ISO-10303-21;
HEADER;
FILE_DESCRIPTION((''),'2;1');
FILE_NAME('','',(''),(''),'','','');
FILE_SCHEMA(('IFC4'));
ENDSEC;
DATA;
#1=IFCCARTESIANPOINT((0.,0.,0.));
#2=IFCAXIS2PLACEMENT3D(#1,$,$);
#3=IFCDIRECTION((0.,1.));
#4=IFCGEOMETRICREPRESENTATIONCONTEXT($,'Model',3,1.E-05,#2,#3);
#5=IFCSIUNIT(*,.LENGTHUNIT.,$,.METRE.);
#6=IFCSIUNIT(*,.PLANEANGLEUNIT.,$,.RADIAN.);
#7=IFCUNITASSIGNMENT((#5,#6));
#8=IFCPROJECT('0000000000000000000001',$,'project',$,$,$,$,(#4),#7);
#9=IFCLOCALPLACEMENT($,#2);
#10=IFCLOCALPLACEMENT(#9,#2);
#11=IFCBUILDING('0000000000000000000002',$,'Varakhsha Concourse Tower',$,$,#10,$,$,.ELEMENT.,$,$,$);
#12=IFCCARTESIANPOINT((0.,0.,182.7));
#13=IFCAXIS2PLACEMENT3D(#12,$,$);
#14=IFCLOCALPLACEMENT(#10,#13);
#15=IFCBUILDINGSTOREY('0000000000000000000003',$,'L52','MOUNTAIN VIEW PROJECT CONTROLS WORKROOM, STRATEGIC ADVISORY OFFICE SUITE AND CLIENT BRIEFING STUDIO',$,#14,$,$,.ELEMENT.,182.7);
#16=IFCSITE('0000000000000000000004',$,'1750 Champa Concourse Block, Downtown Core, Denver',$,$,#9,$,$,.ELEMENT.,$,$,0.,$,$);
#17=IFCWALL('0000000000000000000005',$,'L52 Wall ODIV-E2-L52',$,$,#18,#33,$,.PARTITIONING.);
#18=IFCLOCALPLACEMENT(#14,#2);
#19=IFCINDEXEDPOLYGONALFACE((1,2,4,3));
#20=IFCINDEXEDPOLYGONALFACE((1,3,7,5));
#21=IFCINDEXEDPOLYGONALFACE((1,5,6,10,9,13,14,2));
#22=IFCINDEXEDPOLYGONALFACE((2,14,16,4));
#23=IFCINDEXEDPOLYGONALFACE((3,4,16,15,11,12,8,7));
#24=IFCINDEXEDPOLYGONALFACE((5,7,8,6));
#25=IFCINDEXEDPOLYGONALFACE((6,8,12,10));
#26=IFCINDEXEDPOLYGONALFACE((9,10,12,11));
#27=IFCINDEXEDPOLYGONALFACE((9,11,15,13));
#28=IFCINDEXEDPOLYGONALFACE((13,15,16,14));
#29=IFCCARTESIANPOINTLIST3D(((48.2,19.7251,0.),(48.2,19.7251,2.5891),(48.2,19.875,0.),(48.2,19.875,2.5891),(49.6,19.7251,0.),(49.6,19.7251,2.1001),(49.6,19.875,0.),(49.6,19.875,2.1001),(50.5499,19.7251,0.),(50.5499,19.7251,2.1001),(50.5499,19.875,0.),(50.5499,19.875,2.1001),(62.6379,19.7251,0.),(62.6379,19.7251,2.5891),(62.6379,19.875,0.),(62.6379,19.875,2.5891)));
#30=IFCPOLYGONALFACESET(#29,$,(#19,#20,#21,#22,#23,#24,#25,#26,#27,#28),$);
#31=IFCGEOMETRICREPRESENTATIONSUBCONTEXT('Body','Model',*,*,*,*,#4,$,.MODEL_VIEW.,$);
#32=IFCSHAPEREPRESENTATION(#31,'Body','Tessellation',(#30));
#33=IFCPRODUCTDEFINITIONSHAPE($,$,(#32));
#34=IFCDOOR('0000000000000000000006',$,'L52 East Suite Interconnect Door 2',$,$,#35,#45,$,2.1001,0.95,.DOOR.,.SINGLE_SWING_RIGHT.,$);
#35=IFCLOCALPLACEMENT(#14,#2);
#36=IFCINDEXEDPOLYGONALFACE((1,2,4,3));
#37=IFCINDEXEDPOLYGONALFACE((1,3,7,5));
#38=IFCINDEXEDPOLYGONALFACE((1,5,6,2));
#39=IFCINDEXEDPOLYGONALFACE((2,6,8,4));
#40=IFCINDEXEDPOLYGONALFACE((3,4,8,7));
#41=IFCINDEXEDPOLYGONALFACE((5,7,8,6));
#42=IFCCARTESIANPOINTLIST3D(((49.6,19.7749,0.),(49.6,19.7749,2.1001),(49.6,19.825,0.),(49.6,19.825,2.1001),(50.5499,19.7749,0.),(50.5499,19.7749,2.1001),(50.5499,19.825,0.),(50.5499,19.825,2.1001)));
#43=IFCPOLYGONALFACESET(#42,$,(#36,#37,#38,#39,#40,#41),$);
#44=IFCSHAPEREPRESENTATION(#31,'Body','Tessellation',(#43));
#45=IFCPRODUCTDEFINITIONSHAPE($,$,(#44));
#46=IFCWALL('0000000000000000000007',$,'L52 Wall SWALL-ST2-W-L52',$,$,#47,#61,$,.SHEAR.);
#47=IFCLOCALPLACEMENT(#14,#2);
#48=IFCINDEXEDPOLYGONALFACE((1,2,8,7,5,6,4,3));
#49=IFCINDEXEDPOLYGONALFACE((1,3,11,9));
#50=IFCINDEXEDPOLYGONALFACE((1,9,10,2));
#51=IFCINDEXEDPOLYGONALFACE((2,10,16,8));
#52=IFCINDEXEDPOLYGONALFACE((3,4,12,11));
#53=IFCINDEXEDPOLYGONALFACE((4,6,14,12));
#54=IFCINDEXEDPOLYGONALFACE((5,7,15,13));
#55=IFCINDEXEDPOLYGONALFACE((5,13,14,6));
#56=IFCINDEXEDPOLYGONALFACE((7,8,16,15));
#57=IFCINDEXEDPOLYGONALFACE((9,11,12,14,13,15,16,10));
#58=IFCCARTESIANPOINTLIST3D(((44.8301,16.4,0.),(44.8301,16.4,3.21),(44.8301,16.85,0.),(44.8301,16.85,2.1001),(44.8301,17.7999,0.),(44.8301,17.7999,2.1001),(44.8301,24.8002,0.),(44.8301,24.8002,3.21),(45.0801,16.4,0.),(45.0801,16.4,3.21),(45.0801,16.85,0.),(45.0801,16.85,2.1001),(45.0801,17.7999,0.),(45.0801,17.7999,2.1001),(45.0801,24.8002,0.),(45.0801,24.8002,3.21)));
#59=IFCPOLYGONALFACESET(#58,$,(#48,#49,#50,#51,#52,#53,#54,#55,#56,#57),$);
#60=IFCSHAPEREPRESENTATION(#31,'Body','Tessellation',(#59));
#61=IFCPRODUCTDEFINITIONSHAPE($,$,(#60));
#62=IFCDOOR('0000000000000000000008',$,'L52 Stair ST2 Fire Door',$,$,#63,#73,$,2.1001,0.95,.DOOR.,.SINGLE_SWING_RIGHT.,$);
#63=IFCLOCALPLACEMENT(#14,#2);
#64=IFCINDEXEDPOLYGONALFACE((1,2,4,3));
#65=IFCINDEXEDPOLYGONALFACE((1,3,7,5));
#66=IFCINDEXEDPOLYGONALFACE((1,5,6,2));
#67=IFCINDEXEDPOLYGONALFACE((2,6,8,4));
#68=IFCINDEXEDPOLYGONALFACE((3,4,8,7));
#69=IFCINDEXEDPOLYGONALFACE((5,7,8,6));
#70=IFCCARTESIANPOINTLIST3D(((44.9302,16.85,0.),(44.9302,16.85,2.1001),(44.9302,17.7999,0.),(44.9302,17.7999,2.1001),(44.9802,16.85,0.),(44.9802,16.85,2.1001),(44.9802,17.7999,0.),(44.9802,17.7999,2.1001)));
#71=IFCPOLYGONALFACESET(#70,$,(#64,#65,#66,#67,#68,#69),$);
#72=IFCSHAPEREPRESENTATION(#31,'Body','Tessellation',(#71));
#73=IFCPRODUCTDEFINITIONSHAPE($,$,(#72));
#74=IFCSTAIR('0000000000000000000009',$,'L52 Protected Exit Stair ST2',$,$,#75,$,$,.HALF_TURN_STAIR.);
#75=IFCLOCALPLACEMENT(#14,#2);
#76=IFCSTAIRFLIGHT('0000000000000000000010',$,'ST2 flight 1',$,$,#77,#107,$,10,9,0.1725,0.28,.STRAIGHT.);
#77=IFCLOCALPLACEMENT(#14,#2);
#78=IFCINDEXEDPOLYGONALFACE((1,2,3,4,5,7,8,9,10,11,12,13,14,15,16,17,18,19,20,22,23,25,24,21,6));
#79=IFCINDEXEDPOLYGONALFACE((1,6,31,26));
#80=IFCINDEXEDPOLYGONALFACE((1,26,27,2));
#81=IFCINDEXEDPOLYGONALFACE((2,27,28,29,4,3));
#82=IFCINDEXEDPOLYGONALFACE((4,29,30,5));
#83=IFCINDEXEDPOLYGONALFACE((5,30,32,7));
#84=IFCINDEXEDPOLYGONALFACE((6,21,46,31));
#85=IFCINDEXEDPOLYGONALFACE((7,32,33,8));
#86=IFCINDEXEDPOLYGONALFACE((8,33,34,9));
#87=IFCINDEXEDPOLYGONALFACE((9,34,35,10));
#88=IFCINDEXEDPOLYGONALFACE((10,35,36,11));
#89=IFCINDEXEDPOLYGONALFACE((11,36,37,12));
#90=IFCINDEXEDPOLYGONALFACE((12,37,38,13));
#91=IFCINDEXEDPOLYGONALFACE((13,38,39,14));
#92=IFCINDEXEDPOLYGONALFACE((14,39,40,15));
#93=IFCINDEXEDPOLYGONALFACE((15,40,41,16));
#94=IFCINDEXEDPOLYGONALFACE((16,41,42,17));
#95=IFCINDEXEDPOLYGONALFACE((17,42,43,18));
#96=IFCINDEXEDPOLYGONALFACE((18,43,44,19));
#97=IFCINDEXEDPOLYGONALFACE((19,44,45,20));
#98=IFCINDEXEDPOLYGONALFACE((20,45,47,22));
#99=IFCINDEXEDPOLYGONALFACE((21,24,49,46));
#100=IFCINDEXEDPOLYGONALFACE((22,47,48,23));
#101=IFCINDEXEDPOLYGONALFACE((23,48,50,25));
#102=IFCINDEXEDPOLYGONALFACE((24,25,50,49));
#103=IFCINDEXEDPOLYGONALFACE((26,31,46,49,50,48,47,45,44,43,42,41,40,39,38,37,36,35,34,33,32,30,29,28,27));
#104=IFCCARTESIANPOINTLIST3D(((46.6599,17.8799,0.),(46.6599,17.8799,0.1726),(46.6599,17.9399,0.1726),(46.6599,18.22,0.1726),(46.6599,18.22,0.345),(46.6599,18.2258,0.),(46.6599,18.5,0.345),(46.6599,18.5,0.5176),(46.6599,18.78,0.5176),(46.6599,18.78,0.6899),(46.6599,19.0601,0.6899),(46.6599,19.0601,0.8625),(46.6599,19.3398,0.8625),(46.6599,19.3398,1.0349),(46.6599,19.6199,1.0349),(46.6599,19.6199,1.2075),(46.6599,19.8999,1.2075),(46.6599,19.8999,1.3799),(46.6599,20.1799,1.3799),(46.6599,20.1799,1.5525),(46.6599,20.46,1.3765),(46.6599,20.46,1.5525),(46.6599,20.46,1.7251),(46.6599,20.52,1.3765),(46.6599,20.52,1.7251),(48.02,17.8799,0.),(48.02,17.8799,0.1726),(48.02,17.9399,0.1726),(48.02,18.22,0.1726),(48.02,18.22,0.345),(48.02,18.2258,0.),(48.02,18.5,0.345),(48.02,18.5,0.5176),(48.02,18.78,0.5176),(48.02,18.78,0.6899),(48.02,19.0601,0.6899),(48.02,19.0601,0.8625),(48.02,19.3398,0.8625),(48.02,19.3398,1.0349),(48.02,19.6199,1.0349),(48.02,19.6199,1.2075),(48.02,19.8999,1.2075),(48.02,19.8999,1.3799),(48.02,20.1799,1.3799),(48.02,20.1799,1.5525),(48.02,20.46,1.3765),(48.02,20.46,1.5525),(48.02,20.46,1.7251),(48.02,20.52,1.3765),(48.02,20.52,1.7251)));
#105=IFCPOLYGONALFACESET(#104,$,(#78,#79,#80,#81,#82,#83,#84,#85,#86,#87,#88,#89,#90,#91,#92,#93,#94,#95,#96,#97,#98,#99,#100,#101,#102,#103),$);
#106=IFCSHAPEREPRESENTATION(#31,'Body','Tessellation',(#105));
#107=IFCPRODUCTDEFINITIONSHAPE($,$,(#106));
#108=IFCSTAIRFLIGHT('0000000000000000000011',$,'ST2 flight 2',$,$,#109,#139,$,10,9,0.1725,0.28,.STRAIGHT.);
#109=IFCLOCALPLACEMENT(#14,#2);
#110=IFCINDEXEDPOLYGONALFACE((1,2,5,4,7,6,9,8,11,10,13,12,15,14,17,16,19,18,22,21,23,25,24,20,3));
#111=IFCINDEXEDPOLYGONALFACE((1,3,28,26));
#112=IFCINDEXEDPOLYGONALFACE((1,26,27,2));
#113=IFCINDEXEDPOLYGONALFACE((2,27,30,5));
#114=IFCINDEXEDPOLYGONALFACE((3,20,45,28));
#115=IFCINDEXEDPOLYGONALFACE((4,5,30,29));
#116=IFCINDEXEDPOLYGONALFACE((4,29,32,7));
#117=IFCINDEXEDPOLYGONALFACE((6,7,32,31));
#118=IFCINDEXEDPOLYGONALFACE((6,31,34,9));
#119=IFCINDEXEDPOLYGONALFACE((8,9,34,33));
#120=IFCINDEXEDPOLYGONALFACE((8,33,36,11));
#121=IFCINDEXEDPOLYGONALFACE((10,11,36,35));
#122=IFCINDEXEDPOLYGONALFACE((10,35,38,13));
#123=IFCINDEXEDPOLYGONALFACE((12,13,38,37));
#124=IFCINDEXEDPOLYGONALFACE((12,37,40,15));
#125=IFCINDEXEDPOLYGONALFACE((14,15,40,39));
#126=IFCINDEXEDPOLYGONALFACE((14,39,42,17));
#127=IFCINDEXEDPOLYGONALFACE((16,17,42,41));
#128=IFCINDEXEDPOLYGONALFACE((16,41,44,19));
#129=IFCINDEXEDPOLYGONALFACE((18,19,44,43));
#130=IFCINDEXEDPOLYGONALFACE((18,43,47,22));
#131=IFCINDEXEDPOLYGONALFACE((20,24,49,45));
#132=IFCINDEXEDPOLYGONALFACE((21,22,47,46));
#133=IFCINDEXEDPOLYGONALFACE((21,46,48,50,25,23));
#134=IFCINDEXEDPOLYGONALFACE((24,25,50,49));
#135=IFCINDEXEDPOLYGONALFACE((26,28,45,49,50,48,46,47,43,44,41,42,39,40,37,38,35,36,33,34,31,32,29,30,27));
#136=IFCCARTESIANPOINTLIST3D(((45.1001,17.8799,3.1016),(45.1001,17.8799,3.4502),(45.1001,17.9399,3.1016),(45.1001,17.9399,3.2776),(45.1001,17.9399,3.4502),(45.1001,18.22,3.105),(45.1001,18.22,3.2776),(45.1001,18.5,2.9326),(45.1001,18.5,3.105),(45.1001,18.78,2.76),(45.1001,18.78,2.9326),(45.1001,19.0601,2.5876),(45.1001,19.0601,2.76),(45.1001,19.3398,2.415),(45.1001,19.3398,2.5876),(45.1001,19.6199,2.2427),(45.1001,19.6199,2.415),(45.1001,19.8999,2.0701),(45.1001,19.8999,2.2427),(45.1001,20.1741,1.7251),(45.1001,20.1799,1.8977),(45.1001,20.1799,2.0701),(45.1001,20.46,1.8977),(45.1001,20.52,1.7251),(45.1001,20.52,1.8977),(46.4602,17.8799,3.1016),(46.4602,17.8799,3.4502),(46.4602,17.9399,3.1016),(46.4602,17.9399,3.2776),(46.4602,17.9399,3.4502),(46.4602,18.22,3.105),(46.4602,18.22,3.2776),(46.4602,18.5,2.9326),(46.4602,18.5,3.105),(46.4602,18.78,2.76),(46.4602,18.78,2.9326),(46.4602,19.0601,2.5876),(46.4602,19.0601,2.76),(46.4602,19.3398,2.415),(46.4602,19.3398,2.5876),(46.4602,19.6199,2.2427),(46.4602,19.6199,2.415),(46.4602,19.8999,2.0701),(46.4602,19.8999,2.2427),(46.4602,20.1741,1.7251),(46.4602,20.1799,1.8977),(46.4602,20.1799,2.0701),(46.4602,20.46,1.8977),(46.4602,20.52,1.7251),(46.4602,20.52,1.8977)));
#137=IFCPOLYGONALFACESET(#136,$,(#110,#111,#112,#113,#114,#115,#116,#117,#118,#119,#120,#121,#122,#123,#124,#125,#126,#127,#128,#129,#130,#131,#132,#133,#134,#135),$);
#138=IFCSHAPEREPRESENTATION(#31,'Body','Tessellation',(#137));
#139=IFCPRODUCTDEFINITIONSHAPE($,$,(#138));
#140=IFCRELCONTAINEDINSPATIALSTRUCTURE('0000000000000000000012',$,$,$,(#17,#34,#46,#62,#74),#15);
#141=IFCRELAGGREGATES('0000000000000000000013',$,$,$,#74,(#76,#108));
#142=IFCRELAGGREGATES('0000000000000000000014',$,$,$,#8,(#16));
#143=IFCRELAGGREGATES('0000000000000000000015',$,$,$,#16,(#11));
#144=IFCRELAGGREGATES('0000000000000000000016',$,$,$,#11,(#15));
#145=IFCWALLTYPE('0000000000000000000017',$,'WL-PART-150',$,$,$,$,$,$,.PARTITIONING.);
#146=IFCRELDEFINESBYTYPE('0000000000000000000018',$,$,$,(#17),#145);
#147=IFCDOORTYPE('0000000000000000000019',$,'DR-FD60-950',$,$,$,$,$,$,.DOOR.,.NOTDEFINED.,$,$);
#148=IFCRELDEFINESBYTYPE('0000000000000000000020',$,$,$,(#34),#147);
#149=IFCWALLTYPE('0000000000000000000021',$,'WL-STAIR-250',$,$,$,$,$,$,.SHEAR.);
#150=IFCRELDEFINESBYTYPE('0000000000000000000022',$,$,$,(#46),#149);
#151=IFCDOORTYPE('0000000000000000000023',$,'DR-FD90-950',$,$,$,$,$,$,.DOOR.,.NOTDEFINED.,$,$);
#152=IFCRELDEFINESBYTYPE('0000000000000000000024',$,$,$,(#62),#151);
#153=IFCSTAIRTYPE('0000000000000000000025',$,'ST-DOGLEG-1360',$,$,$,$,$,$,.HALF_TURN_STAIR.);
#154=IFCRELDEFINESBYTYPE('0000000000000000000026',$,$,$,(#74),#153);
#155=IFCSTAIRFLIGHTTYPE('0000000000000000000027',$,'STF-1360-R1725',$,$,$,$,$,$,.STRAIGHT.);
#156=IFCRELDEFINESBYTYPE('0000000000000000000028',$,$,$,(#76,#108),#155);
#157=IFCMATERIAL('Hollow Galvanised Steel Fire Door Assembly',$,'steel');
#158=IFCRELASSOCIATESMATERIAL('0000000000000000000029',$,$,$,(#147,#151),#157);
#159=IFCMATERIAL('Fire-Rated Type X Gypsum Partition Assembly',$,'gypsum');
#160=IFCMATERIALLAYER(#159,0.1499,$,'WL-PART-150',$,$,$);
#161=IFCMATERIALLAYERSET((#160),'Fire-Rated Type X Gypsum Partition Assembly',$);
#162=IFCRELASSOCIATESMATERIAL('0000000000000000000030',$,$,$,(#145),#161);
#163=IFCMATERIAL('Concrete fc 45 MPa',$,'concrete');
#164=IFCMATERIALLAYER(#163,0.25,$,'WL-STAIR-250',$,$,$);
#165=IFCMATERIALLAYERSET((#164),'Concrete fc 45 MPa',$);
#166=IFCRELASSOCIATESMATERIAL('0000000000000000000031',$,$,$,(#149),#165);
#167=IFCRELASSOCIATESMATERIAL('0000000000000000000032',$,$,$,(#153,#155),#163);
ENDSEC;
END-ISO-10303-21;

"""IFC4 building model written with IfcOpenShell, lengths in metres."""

from ifc_helpers import new_model, si_unit, direction, frame, frame_2d, origin, place, context, subcontext, project, spatial, polyline, rectangle, outline, extrude, material, layer, layer_set, type_object, element, fill, aggregate, save


model = new_model("IFC4")

# Units and contexts
model_context = context("Model", 3, precision=1e-05, world=origin(), true_north=direction((0.0, 1.0)))
body_context = subcontext(model_context, "Body", "Model", "MODEL_VIEW")
ifc_project = project(units=[si_unit("LENGTHUNIT", "METRE"), si_unit("PLANEANGLEUNIT", "RADIAN")], contexts=[model_context])

# Site, building, storey
site_placement = place(None, origin())
site = spatial("IfcSite", under=ifc_project, at=site_placement, Name="1750 Champa Concourse Block, Downtown Core, Denver", CompositionType="ELEMENT", RefElevation=0.0)
building_placement = place(site_placement, origin())
building = spatial("IfcBuilding", under=site, at=building_placement, Name="Varakhsha Concourse Tower", CompositionType="ELEMENT")
storey_placement = place(building_placement, frame((0.0, 0.0, 182.7)))
storey = spatial("IfcBuildingStorey", under=building, at=storey_placement, Name="L52", Description="MOUNTAIN VIEW PROJECT CONTROLS WORKROOM, STRATEGIC ADVISORY OFFICE SUITE AND CLIENT BRIEFING STUDIO", CompositionType="ELEMENT", Elevation=182.7)

# Shared definitions
ifc_material_1 = material(Name="Fire-Rated Type X Gypsum Partition Assembly", Category="gypsum")
ifc_material_2 = material(Name="Hollow Galvanised Steel Fire Door Assembly", Category="steel")
door_type_1 = type_object("IfcDoorType", Name="DR-FD60-950", OperationType="NOTDEFINED", PredefinedType="DOOR", material=ifc_material_2)

# Walls, openings, doors
ifc_layer_1 = layer(ifc_material_1, 0.1499, Name="WL-PART-150")
ifc_layer_set_1 = layer_set([ifc_layer_1], Name="Fire-Rated Type X Gypsum Partition Assembly")
wall_type_1 = type_object("IfcWallType", Name="WL-PART-150", PredefinedType="PARTITIONING", material=ifc_layer_set_1)
wall_1_placement = place(storey_placement, frame((48.2, 19.8, 0.0), z_axis=(0.0, 0.0, 1.0), x_axis=(1.0, 0.0, 0.0)))
wall_1 = element("IfcWall", 1, at=wall_1_placement, inside=storey, type_object=wall_type_1, Name="L52 Wall ODIV-E2-L52", PredefinedType="PARTITIONING", context=body_context, shape_type="SweptSolid", body=[
    extrude(rectangle(XDim=14.438, YDim=0.1499, at=frame_2d((7.219, 0.0))), origin(), (0.0, 0.0, 1.0), 2.5891),
])
opening_1_placement = place(wall_1_placement, frame((1.3999, 0.0, 0.0)))
opening_1 = element("IfcOpeningElement", 2, at=opening_1_placement, cuts=wall_1, PredefinedType="OPENING", context=body_context, shape_type="SweptSolid", body=[
    extrude(rectangle(XDim=0.95, YDim=2.1001, at=frame_2d((0.4751, 1.05))), frame((0.0, 0.085, 0.0), z_axis=(0.0, -1.0, 0.0), x_axis=(1.0, 0.0, 0.0)), (0.0, 0.0, 1.0), 0.1699),
])
door_1_placement = place(opening_1_placement, origin())
door_1 = element("IfcDoor", 3, at=door_1_placement, inside=storey, type_object=door_type_1, Name="L52 East Suite Interconnect Door 2", OperationType="SINGLE_SWING_RIGHT", OverallHeight=2.1001, OverallWidth=0.95, PredefinedType="DOOR", context=body_context, shape_type="SweptSolid", body=[
    extrude(rectangle(XDim=0.95, YDim=2.1001, at=frame_2d((0.4751, 1.05))), frame((0.0, 0.0249, 0.0), z_axis=(0.0, -1.0, 0.0), x_axis=(1.0, 0.0, 0.0)), (0.0, 0.0, 1.0), 0.05),
])
fill(opening_1, door_1)
ifc_material_3 = material(Name="Concrete fc 45 MPa", Category="concrete")
ifc_layer_2 = layer(ifc_material_3, 0.25, Name="WL-STAIR-250")
ifc_layer_set_2 = layer_set([ifc_layer_2], Name="Concrete fc 45 MPa")
wall_type_2 = type_object("IfcWallType", Name="WL-STAIR-250", PredefinedType="SHEAR", material=ifc_layer_set_2)
wall_2_placement = place(storey_placement, frame((44.9551, 16.3999, 0.0), z_axis=(0.0, 0.0, 1.0), x_axis=(0.0, 1.0, 0.0)))
wall_2 = element("IfcWall", 4, at=wall_2_placement, inside=storey, type_object=wall_type_2, Name="L52 Wall SWALL-ST2-W-L52", PredefinedType="SHEAR", context=body_context, shape_type="SweptSolid", body=[
    extrude(rectangle(XDim=8.4001, YDim=0.25, at=frame_2d((4.2002, 0.0))), origin(), (0.0, 0.0, 1.0), 3.21),
])
opening_2_placement = place(wall_2_placement, frame((0.45, 0.0, 0.0)))
opening_2 = element("IfcOpeningElement", 5, at=opening_2_placement, cuts=wall_2, PredefinedType="OPENING", context=body_context, shape_type="SweptSolid", body=[
    extrude(rectangle(XDim=0.95, YDim=2.1001, at=frame_2d((0.4751, 1.05))), frame((0.0, 0.135, 0.0), z_axis=(0.0, -1.0, 0.0), x_axis=(1.0, 0.0, 0.0)), (0.0, 0.0, 1.0), 0.27),
])
door_type_2 = type_object("IfcDoorType", Name="DR-FD90-950", OperationType="NOTDEFINED", PredefinedType="DOOR", material=ifc_material_2)
door_2_placement = place(opening_2_placement, origin())
door_2 = element("IfcDoor", 6, at=door_2_placement, inside=storey, type_object=door_type_2, Name="L52 Stair ST2 Fire Door", OperationType="SINGLE_SWING_RIGHT", OverallHeight=2.1001, OverallWidth=0.95, PredefinedType="DOOR", context=body_context, shape_type="SweptSolid", body=[
    extrude(rectangle(XDim=0.95, YDim=2.1001, at=frame_2d((0.4751, 1.05))), frame((0.0, 0.0249, 0.0), z_axis=(0.0, -1.0, 0.0), x_axis=(1.0, 0.0, 0.0)), (0.0, 0.0, 1.0), 0.05),
])
fill(opening_2, door_2)

# Stair, stair flights
stair_type = type_object("IfcStairType", Name="ST-DOGLEG-1360", PredefinedType="HALF_TURN_STAIR", material=ifc_material_3)
stair_placement = place(storey_placement, origin())
stair = element("IfcStair", 7, at=stair_placement, inside=storey, type_object=stair_type, Name="L52 Protected Exit Stair ST2", PredefinedType="HALF_TURN_STAIR")
stair_flight_type = type_object("IfcStairFlightType", Name="STF-1360-R1725", PredefinedType="STRAIGHT", material=ifc_material_3)
stair_flight_1_placement = place(storey_placement, frame((47.3401, 17.9399, 0.0), z_axis=(0.0, 0.0, 1.0), x_axis=(0.0, 1.0, 0.0)))
stair_flight_1 = element("IfcStairFlight", 8, at=stair_flight_1_placement, type_object=stair_flight_type, Name="ST2 flight 1", NumberOfRisers=10, NumberOfTreads=9, PredefinedType="STRAIGHT", RiserHeight=0.1725, TreadLength=0.28, context=body_context, shape_type="SweptSolid", body=[
    extrude(outline(polyline([(-0.0601, 0.0), (-0.0601, 0.1726), (0.0, 0.1726), (0.28, 0.1726), (0.28, 0.345), (0.5601, 0.345), (0.5601, 0.5176), (0.8401, 0.5176), (0.8401, 0.6899), (1.1201, 0.6899), (1.1201, 0.8625), (1.3999, 0.8625), (1.3999, 1.0349), (1.6799, 1.0349), (1.6799, 1.2075), (1.96, 1.2075), (1.96, 1.3799), (2.24, 1.3799), (2.24, 1.5525), (2.52, 1.5525), (2.52, 1.7251), (2.5801, 1.7251), (2.5801, 1.3765), (2.52, 1.3765), (0.2859, 0.0), (-0.0601, 0.0)])), frame((0.0, 0.6802, 0.0), z_axis=(0.0, -1.0, 0.0), x_axis=(1.0, 0.0, 0.0)), (0.0, 0.0, 1.0), 1.3601),
])
stair_flight_2_placement = place(storey_placement, frame((45.78, 20.46, 1.7251), z_axis=(0.0, 0.0, 1.0), x_axis=(0.0, -1.0, 0.0)))
stair_flight_2 = element("IfcStairFlight", 9, at=stair_flight_2_placement, type_object=stair_flight_type, Name="ST2 flight 2", NumberOfRisers=10, NumberOfTreads=9, PredefinedType="STRAIGHT", RiserHeight=0.1725, TreadLength=0.28, context=body_context, shape_type="SweptSolid", body=[
    extrude(outline(polyline([(-0.0601, 0.0), (-0.0601, 0.1726), (0.0, 0.1726), (0.28, 0.1726), (0.28, 0.345), (0.5601, 0.345), (0.5601, 0.5176), (0.8401, 0.5176), (0.8401, 0.6899), (1.1201, 0.6899), (1.1201, 0.8625), (1.3999, 0.8625), (1.3999, 1.0349), (1.6799, 1.0349), (1.6799, 1.2075), (1.96, 1.2075), (1.96, 1.3799), (2.24, 1.3799), (2.24, 1.5525), (2.52, 1.5525), (2.52, 1.7251), (2.5801, 1.7251), (2.5801, 1.3765), (2.52, 1.3765), (0.2859, 0.0), (-0.0601, 0.0)])), frame((0.0, 0.6802, 0.0), z_axis=(0.0, -1.0, 0.0), x_axis=(1.0, 0.0, 0.0)), (0.0, 0.0, 1.0), 1.3601),
])
aggregate(stair, [stair_flight_1, stair_flight_2])

save(model, "model.ifc")
